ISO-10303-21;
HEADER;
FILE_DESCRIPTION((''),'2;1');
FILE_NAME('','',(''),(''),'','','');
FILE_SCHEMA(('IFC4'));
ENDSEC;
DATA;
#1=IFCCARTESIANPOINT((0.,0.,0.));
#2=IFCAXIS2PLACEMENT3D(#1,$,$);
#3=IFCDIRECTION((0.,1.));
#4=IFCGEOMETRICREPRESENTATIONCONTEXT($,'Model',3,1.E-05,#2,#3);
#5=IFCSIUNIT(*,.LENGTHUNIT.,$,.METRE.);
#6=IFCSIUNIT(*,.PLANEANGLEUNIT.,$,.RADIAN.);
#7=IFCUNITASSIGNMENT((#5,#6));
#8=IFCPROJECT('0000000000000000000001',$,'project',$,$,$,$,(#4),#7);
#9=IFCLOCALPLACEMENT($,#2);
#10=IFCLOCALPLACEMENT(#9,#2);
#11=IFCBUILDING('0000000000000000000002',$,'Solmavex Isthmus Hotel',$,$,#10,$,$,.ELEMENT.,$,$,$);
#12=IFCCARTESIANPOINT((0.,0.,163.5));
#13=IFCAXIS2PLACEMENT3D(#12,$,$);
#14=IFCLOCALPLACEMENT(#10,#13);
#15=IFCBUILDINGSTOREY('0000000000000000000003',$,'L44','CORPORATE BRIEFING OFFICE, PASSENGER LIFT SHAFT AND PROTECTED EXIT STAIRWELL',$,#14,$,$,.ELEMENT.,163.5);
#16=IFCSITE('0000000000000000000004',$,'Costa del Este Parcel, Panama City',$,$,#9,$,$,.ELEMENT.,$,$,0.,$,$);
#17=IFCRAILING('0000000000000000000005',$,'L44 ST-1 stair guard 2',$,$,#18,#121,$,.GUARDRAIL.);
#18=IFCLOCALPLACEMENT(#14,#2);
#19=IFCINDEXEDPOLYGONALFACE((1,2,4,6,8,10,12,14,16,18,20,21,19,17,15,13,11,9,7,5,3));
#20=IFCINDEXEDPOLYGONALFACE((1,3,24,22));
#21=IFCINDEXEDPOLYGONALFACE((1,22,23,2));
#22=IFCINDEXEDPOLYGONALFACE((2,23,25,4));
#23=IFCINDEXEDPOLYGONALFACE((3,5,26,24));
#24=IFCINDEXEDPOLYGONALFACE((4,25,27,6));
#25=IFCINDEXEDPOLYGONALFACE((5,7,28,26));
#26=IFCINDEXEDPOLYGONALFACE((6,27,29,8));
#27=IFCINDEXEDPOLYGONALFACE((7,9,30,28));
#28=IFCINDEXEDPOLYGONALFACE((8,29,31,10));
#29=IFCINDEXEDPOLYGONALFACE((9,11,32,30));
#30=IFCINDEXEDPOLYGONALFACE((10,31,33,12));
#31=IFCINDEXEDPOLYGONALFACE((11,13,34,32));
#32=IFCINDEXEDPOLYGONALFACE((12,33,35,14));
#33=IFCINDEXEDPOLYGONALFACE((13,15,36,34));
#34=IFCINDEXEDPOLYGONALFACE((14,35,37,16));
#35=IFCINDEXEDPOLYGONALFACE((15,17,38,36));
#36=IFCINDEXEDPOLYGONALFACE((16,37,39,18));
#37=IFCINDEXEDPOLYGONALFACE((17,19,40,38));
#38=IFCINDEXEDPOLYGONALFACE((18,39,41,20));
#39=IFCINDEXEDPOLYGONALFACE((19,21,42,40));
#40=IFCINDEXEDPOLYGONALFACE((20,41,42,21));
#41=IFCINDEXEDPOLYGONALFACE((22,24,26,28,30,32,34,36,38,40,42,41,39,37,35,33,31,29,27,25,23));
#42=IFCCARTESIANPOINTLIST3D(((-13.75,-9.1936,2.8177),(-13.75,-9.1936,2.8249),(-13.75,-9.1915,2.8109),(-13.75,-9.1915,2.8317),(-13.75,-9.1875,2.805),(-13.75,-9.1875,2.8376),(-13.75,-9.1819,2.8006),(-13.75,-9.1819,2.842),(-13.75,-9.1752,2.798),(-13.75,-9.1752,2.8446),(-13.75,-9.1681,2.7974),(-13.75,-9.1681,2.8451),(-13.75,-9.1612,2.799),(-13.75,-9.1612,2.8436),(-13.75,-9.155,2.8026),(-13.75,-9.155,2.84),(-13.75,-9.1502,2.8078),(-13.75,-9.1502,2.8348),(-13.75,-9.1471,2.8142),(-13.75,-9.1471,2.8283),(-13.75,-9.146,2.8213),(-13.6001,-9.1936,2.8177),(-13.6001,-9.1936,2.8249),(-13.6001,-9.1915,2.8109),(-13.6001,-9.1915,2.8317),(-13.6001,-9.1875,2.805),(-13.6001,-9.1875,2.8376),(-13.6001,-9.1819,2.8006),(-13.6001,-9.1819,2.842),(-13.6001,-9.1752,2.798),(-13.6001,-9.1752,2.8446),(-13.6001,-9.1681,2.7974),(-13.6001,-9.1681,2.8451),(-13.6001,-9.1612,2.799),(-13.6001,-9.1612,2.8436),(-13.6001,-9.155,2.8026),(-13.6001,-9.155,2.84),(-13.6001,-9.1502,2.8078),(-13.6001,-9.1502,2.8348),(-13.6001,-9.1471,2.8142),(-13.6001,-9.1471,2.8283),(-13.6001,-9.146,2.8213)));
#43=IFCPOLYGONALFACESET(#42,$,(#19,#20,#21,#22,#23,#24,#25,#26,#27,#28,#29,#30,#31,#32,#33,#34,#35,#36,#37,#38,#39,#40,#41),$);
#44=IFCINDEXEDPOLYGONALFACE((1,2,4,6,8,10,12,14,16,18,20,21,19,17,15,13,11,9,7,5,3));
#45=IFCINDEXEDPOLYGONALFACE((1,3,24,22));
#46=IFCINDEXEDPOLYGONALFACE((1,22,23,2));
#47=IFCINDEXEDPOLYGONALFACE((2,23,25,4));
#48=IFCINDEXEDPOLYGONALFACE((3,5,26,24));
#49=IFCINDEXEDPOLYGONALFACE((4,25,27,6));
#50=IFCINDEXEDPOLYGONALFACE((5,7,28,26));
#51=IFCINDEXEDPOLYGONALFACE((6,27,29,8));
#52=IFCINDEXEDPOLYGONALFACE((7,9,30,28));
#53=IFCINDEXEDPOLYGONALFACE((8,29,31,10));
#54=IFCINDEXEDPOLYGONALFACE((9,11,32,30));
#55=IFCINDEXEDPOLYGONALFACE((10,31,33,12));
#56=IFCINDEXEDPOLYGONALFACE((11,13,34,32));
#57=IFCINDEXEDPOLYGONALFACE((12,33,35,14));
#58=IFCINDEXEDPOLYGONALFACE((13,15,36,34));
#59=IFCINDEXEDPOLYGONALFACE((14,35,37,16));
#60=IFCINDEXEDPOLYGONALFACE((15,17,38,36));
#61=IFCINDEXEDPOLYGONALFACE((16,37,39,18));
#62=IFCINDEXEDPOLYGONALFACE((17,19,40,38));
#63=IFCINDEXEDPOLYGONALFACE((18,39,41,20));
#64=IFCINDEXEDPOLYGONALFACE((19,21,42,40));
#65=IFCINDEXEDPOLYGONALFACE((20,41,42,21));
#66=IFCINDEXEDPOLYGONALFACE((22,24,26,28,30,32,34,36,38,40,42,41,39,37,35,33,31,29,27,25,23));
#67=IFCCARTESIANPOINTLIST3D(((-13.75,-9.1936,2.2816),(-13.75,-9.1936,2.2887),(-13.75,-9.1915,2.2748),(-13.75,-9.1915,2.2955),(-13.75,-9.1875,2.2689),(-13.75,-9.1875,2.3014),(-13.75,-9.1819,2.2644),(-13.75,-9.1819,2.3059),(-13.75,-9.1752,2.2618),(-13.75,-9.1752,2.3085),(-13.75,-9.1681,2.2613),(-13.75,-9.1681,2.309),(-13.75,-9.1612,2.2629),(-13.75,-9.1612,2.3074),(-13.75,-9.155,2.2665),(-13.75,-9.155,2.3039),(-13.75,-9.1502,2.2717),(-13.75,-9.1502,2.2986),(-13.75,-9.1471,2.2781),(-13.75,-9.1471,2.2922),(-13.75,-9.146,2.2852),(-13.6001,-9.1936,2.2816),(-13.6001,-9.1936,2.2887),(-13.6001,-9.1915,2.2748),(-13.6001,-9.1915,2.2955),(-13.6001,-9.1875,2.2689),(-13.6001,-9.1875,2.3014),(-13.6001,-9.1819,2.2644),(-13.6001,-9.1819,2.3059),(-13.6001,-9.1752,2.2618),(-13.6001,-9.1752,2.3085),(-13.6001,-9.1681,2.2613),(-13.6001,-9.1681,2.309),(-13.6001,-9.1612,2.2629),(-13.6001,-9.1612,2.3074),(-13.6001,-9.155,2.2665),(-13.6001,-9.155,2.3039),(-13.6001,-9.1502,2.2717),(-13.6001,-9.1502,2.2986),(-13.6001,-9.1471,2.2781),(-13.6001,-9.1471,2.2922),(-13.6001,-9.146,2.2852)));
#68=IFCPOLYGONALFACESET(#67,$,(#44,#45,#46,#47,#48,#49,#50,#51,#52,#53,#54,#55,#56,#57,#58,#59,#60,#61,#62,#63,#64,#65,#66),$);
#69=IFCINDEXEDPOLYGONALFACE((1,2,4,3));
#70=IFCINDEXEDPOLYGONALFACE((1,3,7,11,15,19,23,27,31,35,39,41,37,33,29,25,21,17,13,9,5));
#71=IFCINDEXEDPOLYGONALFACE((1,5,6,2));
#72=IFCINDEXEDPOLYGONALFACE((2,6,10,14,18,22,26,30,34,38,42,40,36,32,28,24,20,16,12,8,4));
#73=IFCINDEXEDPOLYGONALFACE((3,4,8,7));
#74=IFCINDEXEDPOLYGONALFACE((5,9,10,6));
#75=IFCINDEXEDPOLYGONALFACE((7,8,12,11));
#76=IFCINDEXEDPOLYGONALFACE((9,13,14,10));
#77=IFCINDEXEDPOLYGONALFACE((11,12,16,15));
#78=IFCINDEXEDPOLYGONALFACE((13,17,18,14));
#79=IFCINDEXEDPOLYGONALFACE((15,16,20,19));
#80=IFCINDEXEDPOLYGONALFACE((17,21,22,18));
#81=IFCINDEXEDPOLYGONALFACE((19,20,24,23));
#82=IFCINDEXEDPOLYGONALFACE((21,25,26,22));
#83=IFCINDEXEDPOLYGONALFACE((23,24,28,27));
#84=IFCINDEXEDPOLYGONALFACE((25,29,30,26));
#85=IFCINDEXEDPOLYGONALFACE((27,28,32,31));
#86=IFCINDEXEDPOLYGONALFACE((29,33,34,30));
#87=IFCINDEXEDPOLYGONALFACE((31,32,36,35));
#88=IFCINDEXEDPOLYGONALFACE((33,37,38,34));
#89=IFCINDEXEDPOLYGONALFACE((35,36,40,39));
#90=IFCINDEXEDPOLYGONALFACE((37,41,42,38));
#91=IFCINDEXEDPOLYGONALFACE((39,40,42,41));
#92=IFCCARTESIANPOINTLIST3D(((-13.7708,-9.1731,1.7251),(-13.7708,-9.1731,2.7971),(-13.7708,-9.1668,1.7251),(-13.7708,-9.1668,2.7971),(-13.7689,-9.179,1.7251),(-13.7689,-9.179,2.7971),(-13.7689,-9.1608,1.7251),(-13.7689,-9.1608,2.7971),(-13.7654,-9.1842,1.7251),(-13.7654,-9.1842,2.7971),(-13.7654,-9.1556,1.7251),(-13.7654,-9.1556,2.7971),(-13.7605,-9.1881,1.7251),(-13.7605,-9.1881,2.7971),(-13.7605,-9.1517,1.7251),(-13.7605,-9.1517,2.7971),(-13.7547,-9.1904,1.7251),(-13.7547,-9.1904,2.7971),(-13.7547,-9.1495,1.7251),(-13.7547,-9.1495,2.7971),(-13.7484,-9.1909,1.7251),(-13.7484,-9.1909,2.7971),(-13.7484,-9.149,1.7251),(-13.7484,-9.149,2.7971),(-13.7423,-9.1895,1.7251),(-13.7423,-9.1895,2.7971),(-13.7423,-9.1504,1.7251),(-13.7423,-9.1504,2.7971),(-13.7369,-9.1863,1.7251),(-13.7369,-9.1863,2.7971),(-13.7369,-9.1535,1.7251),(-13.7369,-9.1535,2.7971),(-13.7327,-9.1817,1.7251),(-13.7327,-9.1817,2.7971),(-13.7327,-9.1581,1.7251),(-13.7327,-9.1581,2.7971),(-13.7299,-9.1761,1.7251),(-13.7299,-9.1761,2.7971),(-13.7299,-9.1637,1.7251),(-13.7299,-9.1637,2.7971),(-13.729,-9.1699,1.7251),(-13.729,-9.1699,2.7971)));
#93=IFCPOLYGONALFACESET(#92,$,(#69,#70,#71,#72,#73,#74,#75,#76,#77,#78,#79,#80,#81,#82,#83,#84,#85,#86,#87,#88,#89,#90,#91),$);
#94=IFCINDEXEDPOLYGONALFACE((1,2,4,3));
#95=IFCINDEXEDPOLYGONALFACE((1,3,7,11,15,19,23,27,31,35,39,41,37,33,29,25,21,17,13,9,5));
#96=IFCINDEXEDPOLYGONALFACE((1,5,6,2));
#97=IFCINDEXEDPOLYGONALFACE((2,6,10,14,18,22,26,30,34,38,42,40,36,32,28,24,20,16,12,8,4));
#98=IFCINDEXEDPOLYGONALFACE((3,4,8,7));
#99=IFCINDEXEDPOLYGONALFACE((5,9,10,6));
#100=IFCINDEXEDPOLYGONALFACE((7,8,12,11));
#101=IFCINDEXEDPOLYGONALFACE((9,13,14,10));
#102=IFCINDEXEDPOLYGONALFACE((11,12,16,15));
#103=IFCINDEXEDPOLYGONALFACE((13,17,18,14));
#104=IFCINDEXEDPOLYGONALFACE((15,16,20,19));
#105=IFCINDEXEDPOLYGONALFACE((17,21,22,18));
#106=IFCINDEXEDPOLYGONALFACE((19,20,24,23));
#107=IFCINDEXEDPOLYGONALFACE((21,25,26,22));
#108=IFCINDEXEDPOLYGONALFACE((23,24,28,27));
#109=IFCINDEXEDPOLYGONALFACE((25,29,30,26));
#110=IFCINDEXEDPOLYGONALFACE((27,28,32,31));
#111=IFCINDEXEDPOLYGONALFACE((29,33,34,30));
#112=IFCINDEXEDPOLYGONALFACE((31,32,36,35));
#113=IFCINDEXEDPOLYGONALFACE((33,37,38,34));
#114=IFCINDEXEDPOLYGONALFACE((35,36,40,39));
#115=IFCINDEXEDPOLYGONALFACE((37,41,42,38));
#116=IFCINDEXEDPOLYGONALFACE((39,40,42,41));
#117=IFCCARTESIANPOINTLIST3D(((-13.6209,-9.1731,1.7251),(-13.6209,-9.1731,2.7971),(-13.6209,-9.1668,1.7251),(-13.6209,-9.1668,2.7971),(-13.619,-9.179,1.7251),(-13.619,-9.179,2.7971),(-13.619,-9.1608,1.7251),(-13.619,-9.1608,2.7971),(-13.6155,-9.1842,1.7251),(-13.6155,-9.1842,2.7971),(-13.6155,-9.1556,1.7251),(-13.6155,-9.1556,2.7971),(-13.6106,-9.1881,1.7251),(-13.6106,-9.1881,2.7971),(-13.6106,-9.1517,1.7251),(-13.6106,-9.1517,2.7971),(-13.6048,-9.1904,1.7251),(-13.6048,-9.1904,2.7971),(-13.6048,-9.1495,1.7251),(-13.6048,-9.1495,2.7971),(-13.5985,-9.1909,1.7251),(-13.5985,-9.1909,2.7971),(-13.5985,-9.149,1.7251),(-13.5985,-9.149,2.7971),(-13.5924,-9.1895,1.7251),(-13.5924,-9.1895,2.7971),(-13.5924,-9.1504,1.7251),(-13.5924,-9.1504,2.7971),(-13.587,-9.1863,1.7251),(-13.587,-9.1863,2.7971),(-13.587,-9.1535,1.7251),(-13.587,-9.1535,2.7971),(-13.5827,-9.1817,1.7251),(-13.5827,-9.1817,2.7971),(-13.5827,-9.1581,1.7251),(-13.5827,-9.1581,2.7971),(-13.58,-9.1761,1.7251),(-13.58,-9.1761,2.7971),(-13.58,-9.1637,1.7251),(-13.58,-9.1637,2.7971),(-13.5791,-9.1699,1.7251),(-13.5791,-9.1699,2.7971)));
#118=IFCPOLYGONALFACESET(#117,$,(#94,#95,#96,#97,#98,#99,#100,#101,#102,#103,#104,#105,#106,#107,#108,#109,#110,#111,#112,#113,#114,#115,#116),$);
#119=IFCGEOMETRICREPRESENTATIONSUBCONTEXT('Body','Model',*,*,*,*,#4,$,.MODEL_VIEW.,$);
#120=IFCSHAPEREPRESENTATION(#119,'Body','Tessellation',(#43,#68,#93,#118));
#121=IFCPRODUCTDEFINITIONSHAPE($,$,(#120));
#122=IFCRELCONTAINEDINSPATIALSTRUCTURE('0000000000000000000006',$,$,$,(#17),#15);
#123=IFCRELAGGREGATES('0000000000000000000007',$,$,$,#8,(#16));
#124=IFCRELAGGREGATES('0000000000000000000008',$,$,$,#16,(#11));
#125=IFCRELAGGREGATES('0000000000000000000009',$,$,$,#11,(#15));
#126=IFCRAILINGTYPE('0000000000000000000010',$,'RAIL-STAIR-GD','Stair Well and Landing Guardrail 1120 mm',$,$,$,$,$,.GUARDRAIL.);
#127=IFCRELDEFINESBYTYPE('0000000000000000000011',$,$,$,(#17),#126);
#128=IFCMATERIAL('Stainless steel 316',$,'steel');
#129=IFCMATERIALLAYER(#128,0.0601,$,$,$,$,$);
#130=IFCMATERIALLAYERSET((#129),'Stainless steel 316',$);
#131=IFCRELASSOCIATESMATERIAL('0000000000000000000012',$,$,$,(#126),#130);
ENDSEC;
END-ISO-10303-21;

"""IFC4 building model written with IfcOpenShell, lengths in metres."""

from ifc_helpers import new_model, si_unit, direction, frame, origin, origin_2d, place, context, subcontext, project, spatial, circle, extrude, material, layer, layer_set, type_object, element, save


model = new_model("IFC4")

# Units and contexts
model_context = context("Model", 3, precision=1e-05, world=origin(), true_north=direction((0.0, 1.0)))
body_context = subcontext(model_context, "Body", "Model", "MODEL_VIEW")
ifc_project = project(units=[si_unit("LENGTHUNIT", "METRE"), si_unit("PLANEANGLEUNIT", "RADIAN")], contexts=[model_context])

# Site, building, storey
site_placement = place(None, origin())
site = spatial("IfcSite", under=ifc_project, at=site_placement, Name="Costa del Este Parcel, Panama City", CompositionType="ELEMENT", RefElevation=0.0)
building_placement = place(site_placement, origin())
building = spatial("IfcBuilding", under=site, at=building_placement, Name="Solmavex Isthmus Hotel", CompositionType="ELEMENT")
storey_placement = place(building_placement, frame((0.0, 0.0, 163.5)))
storey = spatial("IfcBuildingStorey", under=building, at=storey_placement, Name="L44", Description="CORPORATE BRIEFING OFFICE, PASSENGER LIFT SHAFT AND PROTECTED EXIT STAIRWELL", CompositionType="ELEMENT", Elevation=163.5)

# Railing
ifc_material_1 = material(Name="Stainless steel 316", Category="steel")
ifc_layer_1 = layer(ifc_material_1, 0.0601)
ifc_layer_set_1 = layer_set([ifc_layer_1], Name="Stainless steel 316")
railing_type_1 = type_object("IfcRailingType", Name="RAIL-STAIR-GD", Description="Stair Well and Landing Guardrail 1120 mm", PredefinedType="GUARDRAIL", material=ifc_layer_set_1)
railing_1_placement = place(storey_placement, frame((-13.75, -9.1699, 1.7251)))
element("IfcRailing", 1, at=railing_1_placement, inside=storey, type_object=railing_type_1, Name="L44 ST-1 stair guard 2", PredefinedType="GUARDRAIL", context=body_context, shape_type="SweptSolid", body=[
    extrude(circle(Radius=0.0239, at=origin_2d()), frame((0.0, 0.0, 1.0962), z_axis=(1.0, 0.0, 0.0), x_axis=(0.0, 1.0, 0.0)), (0.0, 0.0, 1.0), 0.1499),
    extrude(circle(Radius=0.0239, at=origin_2d()), frame((0.0, 0.0, 0.5601), z_axis=(1.0, 0.0, 0.0), x_axis=(0.0, 1.0, 0.0)), (0.0, 0.0, 1.0), 0.1499),
    extrude(circle(Radius=0.021, at=origin_2d()), origin(), (0.0, 0.0, 1.0), 1.072),
    extrude(circle(Radius=0.021, at=origin_2d()), frame((0.1499, 0.0, 0.0)), (0.0, 0.0, 1.0), 1.072),
])

save(model, "model.ifc")
